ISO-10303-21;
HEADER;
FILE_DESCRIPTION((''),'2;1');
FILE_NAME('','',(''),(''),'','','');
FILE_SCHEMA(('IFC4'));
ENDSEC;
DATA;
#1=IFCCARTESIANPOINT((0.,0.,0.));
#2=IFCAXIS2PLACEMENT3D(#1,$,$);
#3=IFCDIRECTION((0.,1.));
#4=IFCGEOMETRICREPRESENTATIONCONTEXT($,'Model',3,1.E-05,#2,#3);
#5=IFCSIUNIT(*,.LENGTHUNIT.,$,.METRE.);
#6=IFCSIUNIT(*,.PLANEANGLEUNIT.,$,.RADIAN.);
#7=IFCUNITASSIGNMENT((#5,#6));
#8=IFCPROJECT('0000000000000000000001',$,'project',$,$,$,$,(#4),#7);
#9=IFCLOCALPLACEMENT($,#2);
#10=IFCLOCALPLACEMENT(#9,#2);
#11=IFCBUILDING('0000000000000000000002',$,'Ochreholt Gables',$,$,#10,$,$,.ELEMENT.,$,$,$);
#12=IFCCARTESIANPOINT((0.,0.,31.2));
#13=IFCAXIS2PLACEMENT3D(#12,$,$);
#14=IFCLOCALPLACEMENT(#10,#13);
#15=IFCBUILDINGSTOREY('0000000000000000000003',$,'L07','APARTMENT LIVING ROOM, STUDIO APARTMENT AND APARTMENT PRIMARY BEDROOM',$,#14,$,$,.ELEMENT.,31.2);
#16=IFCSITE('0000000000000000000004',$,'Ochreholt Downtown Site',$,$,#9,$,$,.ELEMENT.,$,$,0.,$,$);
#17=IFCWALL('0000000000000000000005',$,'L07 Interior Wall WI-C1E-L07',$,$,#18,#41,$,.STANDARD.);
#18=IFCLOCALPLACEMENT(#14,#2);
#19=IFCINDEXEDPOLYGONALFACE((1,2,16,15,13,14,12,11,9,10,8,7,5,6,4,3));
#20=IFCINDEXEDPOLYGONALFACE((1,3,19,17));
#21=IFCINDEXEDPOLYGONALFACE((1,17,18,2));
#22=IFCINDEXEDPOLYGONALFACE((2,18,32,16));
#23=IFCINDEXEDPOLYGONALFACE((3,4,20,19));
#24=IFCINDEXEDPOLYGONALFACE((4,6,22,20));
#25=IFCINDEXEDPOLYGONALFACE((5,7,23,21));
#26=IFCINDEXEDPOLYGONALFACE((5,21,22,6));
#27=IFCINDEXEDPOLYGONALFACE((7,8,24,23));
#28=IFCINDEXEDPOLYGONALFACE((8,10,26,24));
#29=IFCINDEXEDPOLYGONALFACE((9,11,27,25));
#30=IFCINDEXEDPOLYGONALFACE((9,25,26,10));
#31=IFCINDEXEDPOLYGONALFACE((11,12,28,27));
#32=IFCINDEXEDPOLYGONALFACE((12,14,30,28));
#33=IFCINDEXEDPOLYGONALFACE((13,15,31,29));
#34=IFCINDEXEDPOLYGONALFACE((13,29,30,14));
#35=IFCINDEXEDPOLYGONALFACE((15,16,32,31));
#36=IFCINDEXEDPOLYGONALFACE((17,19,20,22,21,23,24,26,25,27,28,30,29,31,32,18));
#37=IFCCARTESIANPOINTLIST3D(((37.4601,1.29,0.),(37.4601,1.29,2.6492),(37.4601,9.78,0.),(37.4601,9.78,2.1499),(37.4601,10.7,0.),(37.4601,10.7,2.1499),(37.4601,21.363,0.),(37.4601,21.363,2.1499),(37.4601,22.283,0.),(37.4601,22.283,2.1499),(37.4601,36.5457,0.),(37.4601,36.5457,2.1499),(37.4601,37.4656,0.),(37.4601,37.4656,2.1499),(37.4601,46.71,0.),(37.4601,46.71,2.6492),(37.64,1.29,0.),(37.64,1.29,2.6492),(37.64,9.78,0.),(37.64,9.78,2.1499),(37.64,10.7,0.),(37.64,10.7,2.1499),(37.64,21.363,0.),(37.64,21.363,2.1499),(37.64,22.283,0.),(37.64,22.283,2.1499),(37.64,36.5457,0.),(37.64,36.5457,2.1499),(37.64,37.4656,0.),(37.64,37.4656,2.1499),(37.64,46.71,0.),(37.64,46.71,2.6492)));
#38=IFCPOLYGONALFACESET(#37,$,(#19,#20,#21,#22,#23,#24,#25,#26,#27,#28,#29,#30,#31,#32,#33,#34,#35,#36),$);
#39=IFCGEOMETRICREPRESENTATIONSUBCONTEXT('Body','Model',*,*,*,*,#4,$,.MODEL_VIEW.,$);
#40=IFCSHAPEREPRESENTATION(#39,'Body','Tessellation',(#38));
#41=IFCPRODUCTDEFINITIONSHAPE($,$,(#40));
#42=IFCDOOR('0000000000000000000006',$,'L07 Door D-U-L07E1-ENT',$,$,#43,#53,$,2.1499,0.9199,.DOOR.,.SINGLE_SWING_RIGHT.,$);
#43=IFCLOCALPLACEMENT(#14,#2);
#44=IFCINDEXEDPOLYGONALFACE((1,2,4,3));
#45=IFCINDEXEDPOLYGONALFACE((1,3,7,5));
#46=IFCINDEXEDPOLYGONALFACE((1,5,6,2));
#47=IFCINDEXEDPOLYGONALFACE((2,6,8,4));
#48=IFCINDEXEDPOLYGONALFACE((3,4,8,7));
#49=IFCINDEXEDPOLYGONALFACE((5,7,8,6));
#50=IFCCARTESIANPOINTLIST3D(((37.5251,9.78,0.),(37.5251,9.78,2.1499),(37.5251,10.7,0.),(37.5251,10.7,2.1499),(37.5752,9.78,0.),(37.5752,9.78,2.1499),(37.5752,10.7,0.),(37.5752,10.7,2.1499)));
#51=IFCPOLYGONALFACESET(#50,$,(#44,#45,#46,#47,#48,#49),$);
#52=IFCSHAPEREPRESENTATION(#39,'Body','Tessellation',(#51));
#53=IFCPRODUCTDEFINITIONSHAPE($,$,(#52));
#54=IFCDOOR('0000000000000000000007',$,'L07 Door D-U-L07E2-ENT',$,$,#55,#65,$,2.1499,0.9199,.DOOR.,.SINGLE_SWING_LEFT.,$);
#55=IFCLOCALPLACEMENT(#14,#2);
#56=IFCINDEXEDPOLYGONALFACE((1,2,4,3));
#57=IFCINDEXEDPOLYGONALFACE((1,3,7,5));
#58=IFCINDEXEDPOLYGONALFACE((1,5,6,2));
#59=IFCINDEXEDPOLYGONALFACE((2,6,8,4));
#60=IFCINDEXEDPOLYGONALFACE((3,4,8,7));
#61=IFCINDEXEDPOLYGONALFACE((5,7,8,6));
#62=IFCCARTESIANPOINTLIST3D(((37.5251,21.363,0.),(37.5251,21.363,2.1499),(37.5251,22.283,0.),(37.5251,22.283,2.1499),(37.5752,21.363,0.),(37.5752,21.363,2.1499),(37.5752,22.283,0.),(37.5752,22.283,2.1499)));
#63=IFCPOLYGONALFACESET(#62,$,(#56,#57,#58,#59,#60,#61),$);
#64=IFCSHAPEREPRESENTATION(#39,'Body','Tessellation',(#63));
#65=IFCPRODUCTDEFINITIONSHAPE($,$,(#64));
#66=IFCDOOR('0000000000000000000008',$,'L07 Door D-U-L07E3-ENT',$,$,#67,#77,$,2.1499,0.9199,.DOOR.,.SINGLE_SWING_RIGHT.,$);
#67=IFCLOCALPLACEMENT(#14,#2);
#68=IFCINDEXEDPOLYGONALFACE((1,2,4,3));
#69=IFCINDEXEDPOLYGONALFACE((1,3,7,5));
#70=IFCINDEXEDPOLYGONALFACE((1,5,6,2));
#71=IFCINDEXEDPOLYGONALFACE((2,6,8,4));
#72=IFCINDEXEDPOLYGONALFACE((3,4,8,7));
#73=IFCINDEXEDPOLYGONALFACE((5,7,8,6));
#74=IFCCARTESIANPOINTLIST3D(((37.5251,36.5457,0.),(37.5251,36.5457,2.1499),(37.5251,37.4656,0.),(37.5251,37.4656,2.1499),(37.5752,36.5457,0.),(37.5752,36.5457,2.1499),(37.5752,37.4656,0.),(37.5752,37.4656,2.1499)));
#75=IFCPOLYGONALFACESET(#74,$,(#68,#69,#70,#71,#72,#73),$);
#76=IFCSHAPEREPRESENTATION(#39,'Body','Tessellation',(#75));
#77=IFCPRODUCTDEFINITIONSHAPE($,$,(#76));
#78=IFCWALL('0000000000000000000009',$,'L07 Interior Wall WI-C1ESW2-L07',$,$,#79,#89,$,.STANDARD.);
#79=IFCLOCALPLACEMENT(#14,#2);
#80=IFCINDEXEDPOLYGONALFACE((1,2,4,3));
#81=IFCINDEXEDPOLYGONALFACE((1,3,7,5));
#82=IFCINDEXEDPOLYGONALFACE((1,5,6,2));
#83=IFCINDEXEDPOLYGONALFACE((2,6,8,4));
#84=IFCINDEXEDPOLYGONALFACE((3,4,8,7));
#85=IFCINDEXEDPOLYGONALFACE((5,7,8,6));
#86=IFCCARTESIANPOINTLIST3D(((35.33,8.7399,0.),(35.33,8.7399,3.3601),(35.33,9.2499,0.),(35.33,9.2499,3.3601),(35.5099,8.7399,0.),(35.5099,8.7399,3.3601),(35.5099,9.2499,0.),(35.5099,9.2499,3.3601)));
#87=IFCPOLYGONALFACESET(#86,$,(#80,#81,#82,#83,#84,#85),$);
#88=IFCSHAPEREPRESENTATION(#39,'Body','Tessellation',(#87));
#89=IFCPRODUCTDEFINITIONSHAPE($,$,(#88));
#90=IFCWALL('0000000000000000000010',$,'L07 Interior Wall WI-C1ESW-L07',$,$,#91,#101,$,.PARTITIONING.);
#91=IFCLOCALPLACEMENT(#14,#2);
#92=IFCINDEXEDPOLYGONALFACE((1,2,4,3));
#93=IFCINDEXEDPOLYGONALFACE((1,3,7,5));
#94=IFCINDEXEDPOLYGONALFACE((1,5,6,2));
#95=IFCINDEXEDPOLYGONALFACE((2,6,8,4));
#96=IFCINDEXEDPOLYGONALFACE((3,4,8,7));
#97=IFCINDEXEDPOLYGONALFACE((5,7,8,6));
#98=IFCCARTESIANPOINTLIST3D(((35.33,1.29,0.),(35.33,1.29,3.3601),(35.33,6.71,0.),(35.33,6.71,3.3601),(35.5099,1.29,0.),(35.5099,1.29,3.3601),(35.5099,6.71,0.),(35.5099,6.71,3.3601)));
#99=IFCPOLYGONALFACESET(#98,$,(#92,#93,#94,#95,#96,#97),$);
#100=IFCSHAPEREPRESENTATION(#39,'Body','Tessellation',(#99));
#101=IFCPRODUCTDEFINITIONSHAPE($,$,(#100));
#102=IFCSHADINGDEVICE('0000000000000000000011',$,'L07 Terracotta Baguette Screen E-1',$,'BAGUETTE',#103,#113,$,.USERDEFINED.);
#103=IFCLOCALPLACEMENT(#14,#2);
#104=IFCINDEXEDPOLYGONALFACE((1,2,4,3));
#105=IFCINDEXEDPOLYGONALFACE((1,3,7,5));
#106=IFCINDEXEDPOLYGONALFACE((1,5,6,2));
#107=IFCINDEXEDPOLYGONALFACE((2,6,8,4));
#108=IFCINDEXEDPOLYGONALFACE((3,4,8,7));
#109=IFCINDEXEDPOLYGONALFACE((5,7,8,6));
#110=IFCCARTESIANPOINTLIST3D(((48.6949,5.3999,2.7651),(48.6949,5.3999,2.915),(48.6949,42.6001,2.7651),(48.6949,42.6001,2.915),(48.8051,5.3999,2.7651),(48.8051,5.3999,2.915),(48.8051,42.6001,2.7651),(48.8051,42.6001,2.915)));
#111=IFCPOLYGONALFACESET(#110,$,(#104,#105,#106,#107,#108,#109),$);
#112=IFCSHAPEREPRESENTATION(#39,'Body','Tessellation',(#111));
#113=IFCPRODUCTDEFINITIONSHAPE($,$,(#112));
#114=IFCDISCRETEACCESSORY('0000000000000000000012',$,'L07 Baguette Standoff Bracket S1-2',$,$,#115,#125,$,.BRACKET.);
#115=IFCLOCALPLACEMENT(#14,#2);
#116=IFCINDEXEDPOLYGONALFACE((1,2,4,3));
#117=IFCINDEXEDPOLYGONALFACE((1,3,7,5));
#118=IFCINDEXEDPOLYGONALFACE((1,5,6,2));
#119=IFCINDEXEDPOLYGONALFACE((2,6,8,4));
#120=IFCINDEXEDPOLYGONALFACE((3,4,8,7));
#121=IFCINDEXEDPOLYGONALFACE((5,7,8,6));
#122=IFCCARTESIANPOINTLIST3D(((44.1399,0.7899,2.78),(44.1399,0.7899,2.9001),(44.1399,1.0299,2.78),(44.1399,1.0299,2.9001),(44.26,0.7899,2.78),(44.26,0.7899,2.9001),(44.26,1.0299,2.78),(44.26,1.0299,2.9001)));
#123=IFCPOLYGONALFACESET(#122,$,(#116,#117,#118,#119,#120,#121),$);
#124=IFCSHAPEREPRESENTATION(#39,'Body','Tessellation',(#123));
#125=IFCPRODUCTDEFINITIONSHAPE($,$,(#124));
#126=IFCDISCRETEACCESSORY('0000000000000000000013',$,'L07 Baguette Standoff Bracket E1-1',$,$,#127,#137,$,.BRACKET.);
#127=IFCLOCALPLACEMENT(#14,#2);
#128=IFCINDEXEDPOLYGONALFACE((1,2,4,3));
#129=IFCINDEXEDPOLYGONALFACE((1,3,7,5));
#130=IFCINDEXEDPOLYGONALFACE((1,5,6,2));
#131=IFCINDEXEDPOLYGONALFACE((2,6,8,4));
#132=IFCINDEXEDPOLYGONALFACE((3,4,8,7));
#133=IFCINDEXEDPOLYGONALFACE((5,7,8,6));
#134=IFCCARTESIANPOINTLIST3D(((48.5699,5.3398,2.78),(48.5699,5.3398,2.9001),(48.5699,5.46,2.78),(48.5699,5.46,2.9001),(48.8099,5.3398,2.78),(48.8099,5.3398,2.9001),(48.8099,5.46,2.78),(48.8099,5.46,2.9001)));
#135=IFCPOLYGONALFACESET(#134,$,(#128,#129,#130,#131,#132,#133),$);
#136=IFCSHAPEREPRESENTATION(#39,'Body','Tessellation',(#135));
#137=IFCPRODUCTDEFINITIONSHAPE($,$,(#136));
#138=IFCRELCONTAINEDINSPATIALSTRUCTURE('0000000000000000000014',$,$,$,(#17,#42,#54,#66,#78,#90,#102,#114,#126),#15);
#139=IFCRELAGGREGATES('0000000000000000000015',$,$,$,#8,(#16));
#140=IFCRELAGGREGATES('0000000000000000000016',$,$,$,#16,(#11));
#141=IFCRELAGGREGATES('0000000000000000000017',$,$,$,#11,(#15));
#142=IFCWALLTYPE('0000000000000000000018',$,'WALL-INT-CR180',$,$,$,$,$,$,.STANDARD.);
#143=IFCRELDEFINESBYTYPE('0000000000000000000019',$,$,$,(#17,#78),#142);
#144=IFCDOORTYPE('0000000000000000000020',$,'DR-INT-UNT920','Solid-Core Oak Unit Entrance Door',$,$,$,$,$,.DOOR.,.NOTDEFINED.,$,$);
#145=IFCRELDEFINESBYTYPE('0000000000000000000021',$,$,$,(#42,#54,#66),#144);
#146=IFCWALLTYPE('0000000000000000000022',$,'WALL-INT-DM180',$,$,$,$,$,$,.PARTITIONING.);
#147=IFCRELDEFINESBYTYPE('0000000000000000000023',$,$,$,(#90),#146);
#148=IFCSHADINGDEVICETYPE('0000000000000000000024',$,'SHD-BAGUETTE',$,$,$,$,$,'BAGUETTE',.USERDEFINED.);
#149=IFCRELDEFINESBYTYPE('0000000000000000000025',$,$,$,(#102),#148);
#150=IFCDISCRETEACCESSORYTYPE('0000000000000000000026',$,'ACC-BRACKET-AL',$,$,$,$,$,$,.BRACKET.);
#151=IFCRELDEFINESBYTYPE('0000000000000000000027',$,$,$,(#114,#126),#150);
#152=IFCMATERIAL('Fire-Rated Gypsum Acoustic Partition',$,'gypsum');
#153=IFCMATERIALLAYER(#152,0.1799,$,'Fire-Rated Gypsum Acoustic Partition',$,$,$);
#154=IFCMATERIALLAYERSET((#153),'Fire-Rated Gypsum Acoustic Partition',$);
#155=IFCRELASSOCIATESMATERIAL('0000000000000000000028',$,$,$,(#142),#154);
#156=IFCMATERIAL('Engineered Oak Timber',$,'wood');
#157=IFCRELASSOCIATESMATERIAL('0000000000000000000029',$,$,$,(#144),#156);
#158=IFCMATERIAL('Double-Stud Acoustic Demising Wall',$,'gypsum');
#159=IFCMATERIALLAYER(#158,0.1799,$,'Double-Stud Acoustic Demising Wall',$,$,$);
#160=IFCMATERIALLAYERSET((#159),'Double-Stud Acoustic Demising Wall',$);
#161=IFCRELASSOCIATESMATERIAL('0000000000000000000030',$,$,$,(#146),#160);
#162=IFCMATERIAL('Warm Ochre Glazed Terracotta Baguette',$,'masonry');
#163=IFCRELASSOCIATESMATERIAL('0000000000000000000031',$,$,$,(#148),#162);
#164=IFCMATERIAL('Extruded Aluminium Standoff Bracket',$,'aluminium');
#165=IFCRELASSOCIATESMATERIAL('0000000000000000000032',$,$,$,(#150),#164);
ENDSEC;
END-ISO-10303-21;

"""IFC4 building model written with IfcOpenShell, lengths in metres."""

from ifc_helpers import new_model, si_unit, direction, frame, frame_2d, origin, origin_2d, place, context, subcontext, project, spatial, rectangle, extrude, material, layer, layer_set, material_profile, profile_set, type_object, element, fill, save


model = new_model("IFC4")

# Units and contexts
model_context = context("Model", 3, precision=1e-05, world=origin(), true_north=direction((0.0, 1.0)))
body_context = subcontext(model_context, "Body", "Model", "MODEL_VIEW")
ifc_project = project(units=[si_unit("LENGTHUNIT", "METRE"), si_unit("PLANEANGLEUNIT", "RADIAN")], contexts=[model_context])

# Site, building, storey
site_placement = place(None, origin())
site = spatial("IfcSite", under=ifc_project, at=site_placement, Name="Ochreholt Downtown Site", CompositionType="ELEMENT", RefElevation=0.0)
building_placement = place(site_placement, origin())
building = spatial("IfcBuilding", under=site, at=building_placement, Name="Ochreholt Gables", CompositionType="ELEMENT")
storey_placement = place(building_placement, frame((0.0, 0.0, 31.2)))
storey = spatial("IfcBuildingStorey", under=building, at=storey_placement, Name="L07", Description="APARTMENT LIVING ROOM, STUDIO APARTMENT AND APARTMENT PRIMARY BEDROOM", CompositionType="ELEMENT", Elevation=31.2)

# Wall, openings, doors
ifc_material_1 = material(Name="Fire-Rated Gypsum Acoustic Partition", Category="gypsum")
ifc_layer_1 = layer(ifc_material_1, 0.1799, Name="Fire-Rated Gypsum Acoustic Partition")
ifc_layer_set_1 = layer_set([ifc_layer_1], Name="Fire-Rated Gypsum Acoustic Partition")
wall_type_1 = type_object("IfcWallType", Name="WALL-INT-CR180", PredefinedType="STANDARD", material=ifc_layer_set_1)
wall_1_placement = place(storey_placement, frame((37.55, 1.29, 0.0), z_axis=(0.0, 0.0, 1.0), x_axis=(0.0, 1.0, 0.0)))
wall_1 = element("IfcWall", 1, at=wall_1_placement, inside=storey, type_object=wall_type_1, Name="L07 Interior Wall WI-C1E-L07", PredefinedType="STANDARD", context=body_context, shape_type="SweptSolid", body=[
    extrude(rectangle(XDim=45.4199, YDim=0.1799, at=frame_2d((22.71, 0.0))), origin(), (0.0, 0.0, 1.0), 2.6492),
])
opening_1_placement = place(wall_1_placement, frame((8.49, 0.0, 0.0)))
opening_1 = element("IfcOpeningElement", 2, at=opening_1_placement, cuts=wall_1, PredefinedType="OPENING", context=body_context, shape_type="SweptSolid", body=[
    extrude(rectangle(XDim=0.9199, YDim=2.1499, at=frame_2d((0.46, 1.075))), frame((0.0, 0.0999, 0.0), z_axis=(0.0, -1.0, 0.0), x_axis=(1.0, 0.0, 0.0)), (0.0, 0.0, 1.0), 0.2),
])
opening_2_placement = place(wall_1_placement, frame((20.073, 0.0, 0.0)))
opening_2 = element("IfcOpeningElement", 3, at=opening_2_placement, cuts=wall_1, PredefinedType="OPENING", context=body_context, shape_type="SweptSolid", body=[
    extrude(rectangle(XDim=0.9199, YDim=2.1499, at=frame_2d((0.46, 1.075))), frame((0.0, 0.0999, 0.0), z_axis=(0.0, -1.0, 0.0), x_axis=(1.0, 0.0, 0.0)), (0.0, 0.0, 1.0), 0.2),
])
opening_3_placement = place(wall_1_placement, frame((35.2556, 0.0, 0.0)))
opening_3 = element("IfcOpeningElement", 4, at=opening_3_placement, cuts=wall_1, PredefinedType="OPENING", context=body_context, shape_type="SweptSolid", body=[
    extrude(rectangle(XDim=0.9199, YDim=2.1499, at=frame_2d((0.46, 1.075))), frame((0.0, 0.0999, 0.0), z_axis=(0.0, -1.0, 0.0), x_axis=(1.0, 0.0, 0.0)), (0.0, 0.0, 1.0), 0.2),
])
ifc_material_2 = material(Name="Engineered Oak Timber", Category="wood")
door_type = type_object("IfcDoorType", Name="DR-INT-UNT920", Description="Solid-Core Oak Unit Entrance Door", OperationType="NOTDEFINED", PredefinedType="DOOR", material=ifc_material_2)
door_1_placement = place(opening_1_placement, origin())
door_1 = element("IfcDoor", 5, at=door_1_placement, inside=storey, type_object=door_type, Name="L07 Door D-U-L07E1-ENT", OperationType="SINGLE_SWING_RIGHT", OverallHeight=2.1499, OverallWidth=0.9199, PredefinedType="DOOR", context=body_context, shape_type="SweptSolid", body=[
    extrude(rectangle(XDim=0.9199, YDim=2.1499, at=frame_2d((0.46, 1.075))), frame((0.0, 0.0249, 0.0), z_axis=(0.0, -1.0, 0.0), x_axis=(1.0, 0.0, 0.0)), (0.0, 0.0, 1.0), 0.05),
])
fill(opening_1, door_1)
door_2_placement = place(opening_2_placement, origin())
door_2 = element("IfcDoor", 6, at=door_2_placement, inside=storey, type_object=door_type, Name="L07 Door D-U-L07E2-ENT", OperationType="SINGLE_SWING_LEFT", OverallHeight=2.1499, OverallWidth=0.9199, PredefinedType="DOOR", context=body_context, shape_type="SweptSolid", body=[
    extrude(rectangle(XDim=0.9199, YDim=2.1499, at=frame_2d((0.46, 1.075))), frame((0.0, 0.0249, 0.0), z_axis=(0.0, -1.0, 0.0), x_axis=(1.0, 0.0, 0.0)), (0.0, 0.0, 1.0), 0.05),
])
fill(opening_2, door_2)
door_3_placement = place(opening_3_placement, origin())
door_3 = element("IfcDoor", 7, at=door_3_placement, inside=storey, type_object=door_type, Name="L07 Door D-U-L07E3-ENT", OperationType="SINGLE_SWING_RIGHT", OverallHeight=2.1499, OverallWidth=0.9199, PredefinedType="DOOR", context=body_context, shape_type="SweptSolid", body=[
    extrude(rectangle(XDim=0.9199, YDim=2.1499, at=frame_2d((0.46, 1.075))), frame((0.0, 0.0249, 0.0), z_axis=(0.0, -1.0, 0.0), x_axis=(1.0, 0.0, 0.0)), (0.0, 0.0, 1.0), 0.05),
])
fill(opening_3, door_3)

# Walls
wall_2_placement = place(storey_placement, frame((35.4199, 8.74, 0.0), z_axis=(0.0, 0.0, 1.0), x_axis=(0.0, 1.0, 0.0)))
element("IfcWall", 8, at=wall_2_placement, inside=storey, type_object=wall_type_1, Name="L07 Interior Wall WI-C1ESW2-L07", PredefinedType="STANDARD", context=body_context, shape_type="SweptSolid", body=[
    extrude(rectangle(XDim=0.51, YDim=0.1799, at=frame_2d((0.2549, 0.0))), origin(), (0.0, 0.0, 1.0), 3.3601),
])
ifc_material_3 = material(Name="Double-Stud Acoustic Demising Wall", Category="gypsum")
ifc_layer_2 = layer(ifc_material_3, 0.1799, Name="Double-Stud Acoustic Demising Wall")
ifc_layer_set_2 = layer_set([ifc_layer_2], Name="Double-Stud Acoustic Demising Wall")
wall_type_2 = type_object("IfcWallType", Name="WALL-INT-DM180", PredefinedType="PARTITIONING", material=ifc_layer_set_2)
wall_3_placement = place(storey_placement, frame((35.4199, 1.29, 0.0), z_axis=(0.0, 0.0, 1.0), x_axis=(0.0, 1.0, 0.0)))
element("IfcWall", 9, at=wall_3_placement, inside=storey, type_object=wall_type_2, Name="L07 Interior Wall WI-C1ESW-L07", PredefinedType="PARTITIONING", context=body_context, shape_type="SweptSolid", body=[
    extrude(rectangle(XDim=5.4199, YDim=0.1799, at=frame_2d((2.71, 0.0))), origin(), (0.0, 0.0, 1.0), 3.3601),
])

# Shading device
ifc_material_4 = material(Name="Warm Ochre Glazed Terracotta Baguette", Category="masonry")
ifc_material_profile_1 = material_profile(ifc_material_4, rectangle(XDim=0.1101, YDim=0.1499, at=origin_2d()), Name="TCBAG110X150")
ifc_profile_set_1 = profile_set([ifc_material_profile_1], Name="Warm Ochre Glazed Terracotta Baguette")
shading_device_type = type_object("IfcShadingDeviceType", Name="SHD-BAGUETTE", ElementType="BAGUETTE", PredefinedType="USERDEFINED", material=ifc_profile_set_1)
shading_device_placement = place(storey_placement, frame((48.75, 5.3999, 2.8401), z_axis=(0.0, 1.0, 0.0), x_axis=(-1.0, 0.0, 0.0)))
element("IfcShadingDevice", 10, at=shading_device_placement, inside=storey, type_object=shading_device_type, Name="L07 Terracotta Baguette Screen E-1", ObjectType="BAGUETTE", PredefinedType="USERDEFINED", context=body_context, shape_type="SweptSolid", body=[
    extrude(rectangle(XDim=0.1101, YDim=0.1499, at=origin_2d()), origin(), (0.0, 0.0, 1.0), 37.2002),
])

# Discrete accessories
ifc_material_5 = material(Name="Extruded Aluminium Standoff Bracket", Category="aluminium")
discrete_accessory_type = type_object("IfcDiscreteAccessoryType", Name="ACC-BRACKET-AL", PredefinedType="BRACKET", material=ifc_material_5)
for number, where, z_axis, x_axis, name in (
    (11, (44.2, 0.9099, 2.78), (0.0, 0.0, 1.0), (1.0, 0.0, 0.0), "L07 Baguette Standoff Bracket S1-2"),
    (12, (48.6899, 5.3999, 2.78), (0.0, 0.0, 1.0), (0.0, 1.0, 0.0), "L07 Baguette Standoff Bracket E1-1"),
):
    element("IfcDiscreteAccessory", number, at=place(storey_placement, frame(where, z_axis=z_axis, x_axis=x_axis)), inside=storey, type_object=discrete_accessory_type, Name=name, PredefinedType="BRACKET", context=body_context, shape_type="SweptSolid", body=[
        extrude(rectangle(XDim=0.1201, YDim=0.24, at=origin_2d()), origin(), (0.0, 0.0, 1.0), 0.1201),
    ])

save(model, "model.ifc")
